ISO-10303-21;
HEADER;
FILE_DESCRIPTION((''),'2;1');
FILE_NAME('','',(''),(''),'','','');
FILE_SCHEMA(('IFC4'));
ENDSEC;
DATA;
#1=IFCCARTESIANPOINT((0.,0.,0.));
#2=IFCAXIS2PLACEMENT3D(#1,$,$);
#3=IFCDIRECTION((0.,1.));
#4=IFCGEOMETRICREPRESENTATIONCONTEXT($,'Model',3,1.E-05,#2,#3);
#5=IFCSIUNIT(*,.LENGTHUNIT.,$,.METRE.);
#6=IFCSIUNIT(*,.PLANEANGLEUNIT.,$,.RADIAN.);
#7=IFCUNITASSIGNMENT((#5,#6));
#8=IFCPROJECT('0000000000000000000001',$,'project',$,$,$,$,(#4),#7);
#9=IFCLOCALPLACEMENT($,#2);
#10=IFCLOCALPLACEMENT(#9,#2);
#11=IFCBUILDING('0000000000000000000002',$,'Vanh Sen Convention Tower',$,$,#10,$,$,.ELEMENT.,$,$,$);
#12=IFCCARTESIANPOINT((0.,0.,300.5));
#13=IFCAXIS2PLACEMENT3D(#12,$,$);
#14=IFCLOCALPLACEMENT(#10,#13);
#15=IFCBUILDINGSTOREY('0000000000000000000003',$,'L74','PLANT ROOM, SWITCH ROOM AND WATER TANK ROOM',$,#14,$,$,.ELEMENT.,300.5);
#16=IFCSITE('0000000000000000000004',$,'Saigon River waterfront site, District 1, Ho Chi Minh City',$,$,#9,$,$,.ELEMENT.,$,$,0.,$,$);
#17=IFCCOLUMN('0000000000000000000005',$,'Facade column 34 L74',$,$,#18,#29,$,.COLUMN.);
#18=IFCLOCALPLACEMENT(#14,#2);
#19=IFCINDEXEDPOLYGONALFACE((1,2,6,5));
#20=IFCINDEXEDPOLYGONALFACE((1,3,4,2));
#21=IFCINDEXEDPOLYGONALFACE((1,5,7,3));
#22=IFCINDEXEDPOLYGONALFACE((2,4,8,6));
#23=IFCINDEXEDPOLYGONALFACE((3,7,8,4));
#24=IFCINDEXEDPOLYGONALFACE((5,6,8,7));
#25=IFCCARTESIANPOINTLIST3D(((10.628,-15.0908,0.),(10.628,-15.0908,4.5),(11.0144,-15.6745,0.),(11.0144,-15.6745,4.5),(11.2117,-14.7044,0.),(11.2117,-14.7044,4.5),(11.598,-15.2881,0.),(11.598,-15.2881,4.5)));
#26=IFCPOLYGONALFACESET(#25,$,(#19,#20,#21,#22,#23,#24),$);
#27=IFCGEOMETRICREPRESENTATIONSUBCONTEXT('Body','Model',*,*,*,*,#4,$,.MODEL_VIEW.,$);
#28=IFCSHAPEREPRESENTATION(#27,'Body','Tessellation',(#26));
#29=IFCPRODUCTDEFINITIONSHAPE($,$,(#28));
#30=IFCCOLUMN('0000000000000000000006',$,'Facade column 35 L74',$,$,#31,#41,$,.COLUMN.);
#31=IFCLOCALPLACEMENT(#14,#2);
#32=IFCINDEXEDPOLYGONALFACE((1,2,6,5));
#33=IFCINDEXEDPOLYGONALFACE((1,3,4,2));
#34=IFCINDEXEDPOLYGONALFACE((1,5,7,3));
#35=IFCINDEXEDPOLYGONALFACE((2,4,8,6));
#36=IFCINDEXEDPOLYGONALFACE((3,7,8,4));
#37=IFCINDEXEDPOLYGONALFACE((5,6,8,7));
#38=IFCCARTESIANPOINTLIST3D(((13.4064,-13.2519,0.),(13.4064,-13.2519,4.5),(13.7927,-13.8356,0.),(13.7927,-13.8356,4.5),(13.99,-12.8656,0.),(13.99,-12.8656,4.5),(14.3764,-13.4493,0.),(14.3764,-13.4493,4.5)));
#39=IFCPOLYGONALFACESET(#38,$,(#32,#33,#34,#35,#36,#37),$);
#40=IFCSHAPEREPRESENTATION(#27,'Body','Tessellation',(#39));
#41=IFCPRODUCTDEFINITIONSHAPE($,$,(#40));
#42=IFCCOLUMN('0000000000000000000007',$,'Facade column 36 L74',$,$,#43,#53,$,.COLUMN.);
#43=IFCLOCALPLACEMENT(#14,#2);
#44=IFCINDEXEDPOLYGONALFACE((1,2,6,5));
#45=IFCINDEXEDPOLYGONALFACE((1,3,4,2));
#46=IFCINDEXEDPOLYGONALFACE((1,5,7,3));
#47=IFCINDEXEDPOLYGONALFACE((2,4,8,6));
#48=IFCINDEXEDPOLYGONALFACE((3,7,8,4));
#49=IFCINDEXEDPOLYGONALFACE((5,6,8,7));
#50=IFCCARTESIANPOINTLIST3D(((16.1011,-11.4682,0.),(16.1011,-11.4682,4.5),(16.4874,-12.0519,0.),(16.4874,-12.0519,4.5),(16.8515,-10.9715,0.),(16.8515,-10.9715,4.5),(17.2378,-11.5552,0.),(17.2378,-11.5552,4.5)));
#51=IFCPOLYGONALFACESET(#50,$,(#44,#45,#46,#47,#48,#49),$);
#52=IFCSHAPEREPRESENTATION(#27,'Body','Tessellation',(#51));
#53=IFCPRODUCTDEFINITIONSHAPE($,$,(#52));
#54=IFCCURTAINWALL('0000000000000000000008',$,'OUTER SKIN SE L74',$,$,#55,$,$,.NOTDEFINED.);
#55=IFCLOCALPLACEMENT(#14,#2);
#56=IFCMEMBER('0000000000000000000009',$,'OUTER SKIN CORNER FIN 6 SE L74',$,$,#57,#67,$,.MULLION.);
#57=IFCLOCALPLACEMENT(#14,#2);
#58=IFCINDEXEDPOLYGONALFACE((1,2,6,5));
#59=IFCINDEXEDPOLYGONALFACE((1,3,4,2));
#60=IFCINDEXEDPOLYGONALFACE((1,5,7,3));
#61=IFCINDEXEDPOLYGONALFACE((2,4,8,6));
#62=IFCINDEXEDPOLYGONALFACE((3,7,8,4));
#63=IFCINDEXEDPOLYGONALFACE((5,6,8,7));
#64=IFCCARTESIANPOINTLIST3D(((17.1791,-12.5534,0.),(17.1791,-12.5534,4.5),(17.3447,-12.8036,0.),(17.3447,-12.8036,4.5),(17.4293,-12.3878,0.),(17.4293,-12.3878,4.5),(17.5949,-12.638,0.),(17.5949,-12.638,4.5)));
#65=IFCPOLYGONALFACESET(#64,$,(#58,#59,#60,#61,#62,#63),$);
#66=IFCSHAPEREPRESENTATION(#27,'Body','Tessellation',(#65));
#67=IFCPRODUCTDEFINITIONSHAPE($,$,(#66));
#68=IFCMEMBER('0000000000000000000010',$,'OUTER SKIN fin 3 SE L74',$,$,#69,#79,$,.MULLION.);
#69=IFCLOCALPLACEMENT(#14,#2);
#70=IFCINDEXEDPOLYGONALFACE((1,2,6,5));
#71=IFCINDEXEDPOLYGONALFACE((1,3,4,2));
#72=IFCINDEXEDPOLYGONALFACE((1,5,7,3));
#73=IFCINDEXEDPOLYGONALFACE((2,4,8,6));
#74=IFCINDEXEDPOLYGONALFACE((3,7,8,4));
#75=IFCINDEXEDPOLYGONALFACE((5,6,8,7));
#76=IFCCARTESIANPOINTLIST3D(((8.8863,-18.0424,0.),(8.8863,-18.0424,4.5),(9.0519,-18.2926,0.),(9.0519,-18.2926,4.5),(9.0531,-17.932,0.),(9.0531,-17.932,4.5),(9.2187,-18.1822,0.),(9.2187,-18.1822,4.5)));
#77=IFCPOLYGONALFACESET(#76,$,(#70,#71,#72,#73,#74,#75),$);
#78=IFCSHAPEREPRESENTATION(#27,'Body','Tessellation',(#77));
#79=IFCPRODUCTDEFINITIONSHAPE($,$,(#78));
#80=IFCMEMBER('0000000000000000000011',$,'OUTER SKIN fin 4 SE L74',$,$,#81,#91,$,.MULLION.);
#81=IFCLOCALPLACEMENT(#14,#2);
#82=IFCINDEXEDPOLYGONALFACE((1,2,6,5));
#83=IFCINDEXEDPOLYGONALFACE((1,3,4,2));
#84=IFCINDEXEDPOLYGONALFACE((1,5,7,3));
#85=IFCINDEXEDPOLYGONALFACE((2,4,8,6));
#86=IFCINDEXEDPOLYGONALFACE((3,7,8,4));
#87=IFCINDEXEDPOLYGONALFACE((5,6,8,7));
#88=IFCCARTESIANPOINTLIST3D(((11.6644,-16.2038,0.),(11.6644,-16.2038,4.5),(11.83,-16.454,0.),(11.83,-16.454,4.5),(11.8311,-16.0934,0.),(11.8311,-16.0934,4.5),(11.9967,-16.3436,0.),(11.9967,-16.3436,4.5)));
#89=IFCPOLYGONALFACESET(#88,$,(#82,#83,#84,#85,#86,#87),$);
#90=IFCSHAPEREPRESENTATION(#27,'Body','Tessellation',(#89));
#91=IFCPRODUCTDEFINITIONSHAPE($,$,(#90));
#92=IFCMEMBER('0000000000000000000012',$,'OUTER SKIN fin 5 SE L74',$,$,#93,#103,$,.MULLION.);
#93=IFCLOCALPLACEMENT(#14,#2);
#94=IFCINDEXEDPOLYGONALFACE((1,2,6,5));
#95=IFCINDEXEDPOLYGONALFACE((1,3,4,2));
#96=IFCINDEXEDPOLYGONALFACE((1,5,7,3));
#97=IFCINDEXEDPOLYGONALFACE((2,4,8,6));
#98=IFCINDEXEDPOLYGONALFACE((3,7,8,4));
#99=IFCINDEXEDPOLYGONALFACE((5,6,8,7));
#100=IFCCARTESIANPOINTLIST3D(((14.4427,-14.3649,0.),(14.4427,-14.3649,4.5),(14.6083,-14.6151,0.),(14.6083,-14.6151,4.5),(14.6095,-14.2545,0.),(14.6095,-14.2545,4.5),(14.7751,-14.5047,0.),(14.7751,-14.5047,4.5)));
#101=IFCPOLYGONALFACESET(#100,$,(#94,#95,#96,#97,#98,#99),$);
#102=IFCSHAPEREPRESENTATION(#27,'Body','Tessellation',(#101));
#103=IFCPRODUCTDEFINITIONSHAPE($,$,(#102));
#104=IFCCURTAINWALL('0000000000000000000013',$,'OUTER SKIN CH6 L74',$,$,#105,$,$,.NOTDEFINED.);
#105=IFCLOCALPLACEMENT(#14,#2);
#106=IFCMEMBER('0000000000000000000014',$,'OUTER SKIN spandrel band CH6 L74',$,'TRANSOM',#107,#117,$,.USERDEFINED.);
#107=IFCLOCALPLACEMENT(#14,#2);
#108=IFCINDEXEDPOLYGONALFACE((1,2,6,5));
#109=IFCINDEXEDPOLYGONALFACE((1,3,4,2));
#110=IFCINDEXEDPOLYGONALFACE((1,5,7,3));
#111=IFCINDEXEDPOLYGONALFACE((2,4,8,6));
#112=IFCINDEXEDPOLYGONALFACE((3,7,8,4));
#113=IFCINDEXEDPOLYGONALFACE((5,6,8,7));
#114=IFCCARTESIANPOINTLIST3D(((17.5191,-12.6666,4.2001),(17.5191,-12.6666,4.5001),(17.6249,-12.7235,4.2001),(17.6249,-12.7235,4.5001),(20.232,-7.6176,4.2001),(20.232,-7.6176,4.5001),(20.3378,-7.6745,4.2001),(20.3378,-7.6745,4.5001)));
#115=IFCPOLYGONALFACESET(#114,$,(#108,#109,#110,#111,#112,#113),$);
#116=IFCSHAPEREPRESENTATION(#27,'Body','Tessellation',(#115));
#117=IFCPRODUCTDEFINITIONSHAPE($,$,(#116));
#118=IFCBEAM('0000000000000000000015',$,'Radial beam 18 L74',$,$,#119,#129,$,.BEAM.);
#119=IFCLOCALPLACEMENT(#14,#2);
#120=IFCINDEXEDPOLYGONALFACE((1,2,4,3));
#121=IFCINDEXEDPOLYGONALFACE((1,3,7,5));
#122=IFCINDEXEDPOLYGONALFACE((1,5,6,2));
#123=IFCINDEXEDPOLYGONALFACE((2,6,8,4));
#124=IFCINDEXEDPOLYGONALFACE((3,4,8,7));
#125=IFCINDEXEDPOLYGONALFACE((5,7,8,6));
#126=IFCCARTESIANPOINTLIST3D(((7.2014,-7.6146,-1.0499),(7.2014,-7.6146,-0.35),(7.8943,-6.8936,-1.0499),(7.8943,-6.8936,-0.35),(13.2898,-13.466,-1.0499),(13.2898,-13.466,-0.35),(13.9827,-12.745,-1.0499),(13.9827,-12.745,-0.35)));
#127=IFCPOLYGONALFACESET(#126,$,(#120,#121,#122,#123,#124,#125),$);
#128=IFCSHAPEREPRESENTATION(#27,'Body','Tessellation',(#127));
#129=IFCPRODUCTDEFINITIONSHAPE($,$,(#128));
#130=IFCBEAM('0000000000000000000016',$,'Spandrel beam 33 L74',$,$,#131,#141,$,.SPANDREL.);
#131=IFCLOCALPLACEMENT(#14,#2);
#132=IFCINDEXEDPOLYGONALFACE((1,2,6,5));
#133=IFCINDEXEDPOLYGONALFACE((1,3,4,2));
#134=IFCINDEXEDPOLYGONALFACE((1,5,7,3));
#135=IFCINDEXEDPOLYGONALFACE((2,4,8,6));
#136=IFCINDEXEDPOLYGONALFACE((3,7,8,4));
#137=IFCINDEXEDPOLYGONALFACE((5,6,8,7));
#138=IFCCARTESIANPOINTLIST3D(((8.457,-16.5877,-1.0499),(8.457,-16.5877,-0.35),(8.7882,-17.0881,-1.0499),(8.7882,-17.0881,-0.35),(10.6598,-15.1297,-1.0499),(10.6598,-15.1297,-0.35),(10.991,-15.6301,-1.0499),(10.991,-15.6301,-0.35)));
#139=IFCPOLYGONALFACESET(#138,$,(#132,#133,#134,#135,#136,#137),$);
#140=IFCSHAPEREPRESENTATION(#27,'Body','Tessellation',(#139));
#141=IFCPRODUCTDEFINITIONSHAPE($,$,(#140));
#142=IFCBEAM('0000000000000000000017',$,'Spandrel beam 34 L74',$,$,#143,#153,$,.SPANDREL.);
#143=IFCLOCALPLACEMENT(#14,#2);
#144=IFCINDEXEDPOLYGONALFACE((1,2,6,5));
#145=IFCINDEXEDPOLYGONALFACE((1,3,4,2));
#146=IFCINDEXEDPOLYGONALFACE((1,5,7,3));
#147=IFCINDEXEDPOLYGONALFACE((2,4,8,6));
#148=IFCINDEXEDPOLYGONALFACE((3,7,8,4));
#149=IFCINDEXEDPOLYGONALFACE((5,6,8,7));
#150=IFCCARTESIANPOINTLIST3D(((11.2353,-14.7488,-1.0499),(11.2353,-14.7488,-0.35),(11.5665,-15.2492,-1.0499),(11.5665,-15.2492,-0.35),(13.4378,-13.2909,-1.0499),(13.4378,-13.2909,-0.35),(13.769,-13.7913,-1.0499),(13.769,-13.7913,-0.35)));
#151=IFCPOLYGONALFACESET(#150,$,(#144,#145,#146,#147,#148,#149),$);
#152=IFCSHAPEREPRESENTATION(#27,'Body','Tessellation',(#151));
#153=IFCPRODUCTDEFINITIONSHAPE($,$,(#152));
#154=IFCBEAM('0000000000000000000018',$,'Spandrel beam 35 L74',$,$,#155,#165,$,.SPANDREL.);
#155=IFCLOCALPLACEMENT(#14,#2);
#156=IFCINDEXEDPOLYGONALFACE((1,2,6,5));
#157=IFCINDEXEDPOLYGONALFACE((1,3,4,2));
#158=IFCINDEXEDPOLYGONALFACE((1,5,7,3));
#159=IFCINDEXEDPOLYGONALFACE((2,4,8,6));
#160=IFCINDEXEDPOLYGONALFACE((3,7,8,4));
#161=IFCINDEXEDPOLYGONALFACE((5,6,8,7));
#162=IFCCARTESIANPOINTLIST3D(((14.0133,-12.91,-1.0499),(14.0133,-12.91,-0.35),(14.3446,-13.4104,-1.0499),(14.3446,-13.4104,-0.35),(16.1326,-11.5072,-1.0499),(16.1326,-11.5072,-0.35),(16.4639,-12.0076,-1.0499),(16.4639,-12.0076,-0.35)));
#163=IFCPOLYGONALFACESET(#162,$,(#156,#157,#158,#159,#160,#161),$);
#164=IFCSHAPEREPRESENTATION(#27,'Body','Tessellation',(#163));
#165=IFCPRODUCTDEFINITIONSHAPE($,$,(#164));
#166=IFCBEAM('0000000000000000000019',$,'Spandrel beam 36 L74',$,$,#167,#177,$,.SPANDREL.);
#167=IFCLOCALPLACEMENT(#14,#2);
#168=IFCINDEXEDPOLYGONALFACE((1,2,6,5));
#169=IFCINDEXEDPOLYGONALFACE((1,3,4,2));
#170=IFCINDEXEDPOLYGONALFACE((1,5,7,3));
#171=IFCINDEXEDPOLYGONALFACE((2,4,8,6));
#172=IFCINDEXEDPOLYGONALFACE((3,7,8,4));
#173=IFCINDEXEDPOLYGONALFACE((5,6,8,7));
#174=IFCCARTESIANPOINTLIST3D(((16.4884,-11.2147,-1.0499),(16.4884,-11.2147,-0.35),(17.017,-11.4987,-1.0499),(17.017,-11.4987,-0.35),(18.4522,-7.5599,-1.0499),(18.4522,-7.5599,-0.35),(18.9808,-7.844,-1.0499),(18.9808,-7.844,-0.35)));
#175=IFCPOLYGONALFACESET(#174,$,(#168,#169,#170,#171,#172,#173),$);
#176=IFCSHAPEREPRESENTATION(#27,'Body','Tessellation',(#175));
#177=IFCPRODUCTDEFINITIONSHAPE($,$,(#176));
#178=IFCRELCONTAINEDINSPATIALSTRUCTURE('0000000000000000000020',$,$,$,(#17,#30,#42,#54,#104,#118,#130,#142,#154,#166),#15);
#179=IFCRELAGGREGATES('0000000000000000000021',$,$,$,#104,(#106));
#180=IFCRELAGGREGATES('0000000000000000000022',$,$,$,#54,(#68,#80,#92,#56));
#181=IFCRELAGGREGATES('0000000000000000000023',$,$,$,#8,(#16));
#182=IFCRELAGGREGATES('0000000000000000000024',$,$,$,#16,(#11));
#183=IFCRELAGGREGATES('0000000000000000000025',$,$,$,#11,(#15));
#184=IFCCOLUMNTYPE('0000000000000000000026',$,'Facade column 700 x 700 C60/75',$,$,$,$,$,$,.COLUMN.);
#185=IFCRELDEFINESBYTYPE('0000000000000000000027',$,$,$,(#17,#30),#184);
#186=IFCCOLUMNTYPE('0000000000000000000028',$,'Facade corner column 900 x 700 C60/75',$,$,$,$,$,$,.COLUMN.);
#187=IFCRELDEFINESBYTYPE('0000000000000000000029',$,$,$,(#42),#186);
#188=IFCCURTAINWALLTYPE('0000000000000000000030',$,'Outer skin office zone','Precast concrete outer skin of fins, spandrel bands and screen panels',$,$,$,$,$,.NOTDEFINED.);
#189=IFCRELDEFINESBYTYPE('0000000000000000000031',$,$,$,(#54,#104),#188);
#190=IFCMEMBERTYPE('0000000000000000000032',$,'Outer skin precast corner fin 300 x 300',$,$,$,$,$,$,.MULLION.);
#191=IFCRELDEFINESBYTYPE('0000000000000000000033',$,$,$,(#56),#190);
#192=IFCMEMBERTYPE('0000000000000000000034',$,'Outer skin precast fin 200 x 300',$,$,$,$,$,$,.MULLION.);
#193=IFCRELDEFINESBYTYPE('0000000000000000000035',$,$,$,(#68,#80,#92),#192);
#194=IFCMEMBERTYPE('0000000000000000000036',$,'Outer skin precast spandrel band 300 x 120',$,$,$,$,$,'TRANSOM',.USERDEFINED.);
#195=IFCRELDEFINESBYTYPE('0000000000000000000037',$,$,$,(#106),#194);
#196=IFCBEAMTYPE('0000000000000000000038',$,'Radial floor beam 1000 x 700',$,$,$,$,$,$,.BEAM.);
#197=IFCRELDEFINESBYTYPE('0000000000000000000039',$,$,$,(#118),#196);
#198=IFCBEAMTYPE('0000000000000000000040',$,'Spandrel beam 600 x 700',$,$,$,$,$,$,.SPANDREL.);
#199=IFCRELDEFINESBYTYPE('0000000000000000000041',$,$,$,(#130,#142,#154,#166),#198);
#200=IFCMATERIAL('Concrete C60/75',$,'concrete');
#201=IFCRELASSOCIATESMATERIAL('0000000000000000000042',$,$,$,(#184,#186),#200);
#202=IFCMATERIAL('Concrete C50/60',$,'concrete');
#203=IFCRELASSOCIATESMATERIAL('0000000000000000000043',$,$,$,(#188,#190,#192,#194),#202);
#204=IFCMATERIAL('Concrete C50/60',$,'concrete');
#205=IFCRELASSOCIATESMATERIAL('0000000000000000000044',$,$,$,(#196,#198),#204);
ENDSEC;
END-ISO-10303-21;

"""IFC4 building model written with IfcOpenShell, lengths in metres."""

from ifc_helpers import new_model, si_unit, direction, frame, origin, origin_2d, place, context, subcontext, project, spatial, rectangle, extrude, material, material_profile, profile_set, type_object, element, aggregate, save


model = new_model("IFC4")

# Units and contexts
model_context = context("Model", 3, precision=1e-05, world=origin(), true_north=direction((0.0, 1.0)))
body_context = subcontext(model_context, "Body", "Model", "MODEL_VIEW")
ifc_project = project(units=[si_unit("LENGTHUNIT", "METRE"), si_unit("PLANEANGLEUNIT", "RADIAN")], contexts=[model_context])

# Site, building, storey
site_placement = place(None, origin())
site = spatial("IfcSite", under=ifc_project, at=site_placement, Name="Saigon River waterfront site, District 1, Ho Chi Minh City", CompositionType="ELEMENT", RefElevation=0.0)
building_placement = place(site_placement, origin())
building = spatial("IfcBuilding", under=site, at=building_placement, Name="Vanh Sen Convention Tower", CompositionType="ELEMENT")
storey_placement = place(building_placement, frame((0.0, 0.0, 300.5)))
storey = spatial("IfcBuildingStorey", under=building, at=storey_placement, Name="L74", Description="PLANT ROOM, SWITCH ROOM AND WATER TANK ROOM", CompositionType="ELEMENT", Elevation=300.5)

# Columns
ifc_material_1 = material(Name="Concrete C60/75", Category="concrete")
ifc_material_profile_1 = material_profile(ifc_material_1, rectangle(XDim=0.7, YDim=0.7, at=origin_2d()), Name="RC 700X700")
ifc_profile_set_1 = profile_set([ifc_material_profile_1], Name="Concrete C60/75")
column_type_1 = type_object("IfcColumnType", Name="Facade column 700 x 700 C60/75", PredefinedType="COLUMN", material=ifc_profile_set_1)
for number, where, z_axis, x_axis, name in (
    (1, (11.113, -15.1895, 0.0), (0.0, 0.0, 1.0), (0.833886, 0.551937, 0.0), "Facade column 34 L74"),
    (2, (13.8914, -13.3506, 0.0), (0.0, 0.0, 1.0), (0.833886, 0.551937, 0.0), "Facade column 35 L74"),
):
    element("IfcColumn", number, at=place(storey_placement, frame(where, z_axis=z_axis, x_axis=x_axis)), inside=storey, type_object=column_type_1, Name=name, PredefinedType="COLUMN", context=body_context, shape_type="SweptSolid", body=[
        extrude(rectangle(XDim=0.7, YDim=0.7, at=origin_2d()), origin(), (0.0, 0.0, 1.0), 4.5),
    ])
ifc_material_profile_2 = material_profile(ifc_material_1, rectangle(XDim=0.8999, YDim=0.7, at=origin_2d()), Name="RC 900X700")
ifc_profile_set_2 = profile_set([ifc_material_profile_2], Name="Concrete C60/75")
column_type_2 = type_object("IfcColumnType", Name="Facade corner column 900 x 700 C60/75", PredefinedType="COLUMN", material=ifc_profile_set_2)
column_placement = place(storey_placement, frame((16.6694, -11.5117, 0.0), z_axis=(0.0, 0.0, 1.0), x_axis=(0.833886, 0.551937, 0.0)))
element("IfcColumn", 3, at=column_placement, inside=storey, type_object=column_type_2, Name="Facade column 36 L74", PredefinedType="COLUMN", context=body_context, shape_type="SweptSolid", body=[
    extrude(rectangle(XDim=0.8999, YDim=0.7, at=origin_2d()), origin(), (0.0, 0.0, 1.0), 4.5),
])

# Curtain wall, members
ifc_material_2 = material(Name="Concrete C50/60", Category="concrete")
curtain_wall_type = type_object("IfcCurtainWallType", Name="Outer skin office zone", Description="Precast concrete outer skin of fins, spandrel bands and screen panels", PredefinedType="NOTDEFINED", material=ifc_material_2)
curtain_wall_1_placement = place(storey_placement, origin())
curtain_wall_1 = element("IfcCurtainWall", 4, at=curtain_wall_1_placement, inside=storey, type_object=curtain_wall_type, Name="OUTER SKIN SE L74", PredefinedType="NOTDEFINED")
ifc_material_profile_3 = material_profile(ifc_material_2, rectangle(XDim=0.3, YDim=0.3, at=origin_2d()), Name="Outer skin precast corner fin 300 x 300")
ifc_profile_set_3 = profile_set([ifc_material_profile_3], Name="Concrete C50/60")
member_type_1 = type_object("IfcMemberType", Name="Outer skin precast corner fin 300 x 300", PredefinedType="MULLION", material=ifc_profile_set_3)
member_1_placement = place(storey_placement, frame((17.387, -12.5957, 0.0), z_axis=(0.0, 0.0, 1.0), x_axis=(0.833886, 0.551937, 0.0)))
member_1 = element("IfcMember", 5, at=member_1_placement, type_object=member_type_1, Name="OUTER SKIN CORNER FIN 6 SE L74", PredefinedType="MULLION", context=body_context, shape_type="SweptSolid", body=[
    extrude(rectangle(XDim=0.3, YDim=0.3, at=origin_2d()), origin(), (0.0, 0.0, 1.0), 4.5),
])
ifc_material_profile_4 = material_profile(ifc_material_2, rectangle(XDim=0.2, YDim=0.3, at=origin_2d()), Name="Outer skin precast fin 200 x 300")
ifc_profile_set_4 = profile_set([ifc_material_profile_4], Name="Concrete C50/60")
member_type_2 = type_object("IfcMemberType", Name="Outer skin precast fin 200 x 300", PredefinedType="MULLION", material=ifc_profile_set_4)
member_2_placement = place(storey_placement, frame((9.0525, -18.1123, 0.0), z_axis=(0.0, 0.0, 1.0), x_axis=(0.833886, 0.551937, 0.0)))
member_2 = element("IfcMember", 6, at=member_2_placement, type_object=member_type_2, Name="OUTER SKIN fin 3 SE L74", PredefinedType="MULLION", context=body_context, shape_type="SweptSolid", body=[
    extrude(rectangle(XDim=0.2, YDim=0.3, at=origin_2d()), origin(), (0.0, 0.0, 1.0), 4.5),
])
member_3_placement = place(storey_placement, frame((11.8306, -16.2737, 0.0), z_axis=(0.0, 0.0, 1.0), x_axis=(0.833886, 0.551937, 0.0)))
member_3 = element("IfcMember", 7, at=member_3_placement, type_object=member_type_2, Name="OUTER SKIN fin 4 SE L74", PredefinedType="MULLION", context=body_context, shape_type="SweptSolid", body=[
    extrude(rectangle(XDim=0.2, YDim=0.3, at=origin_2d()), origin(), (0.0, 0.0, 1.0), 4.5),
])
member_4_placement = place(storey_placement, frame((14.6089, -14.4348, 0.0), z_axis=(0.0, 0.0, 1.0), x_axis=(0.833886, 0.551937, 0.0)))
member_4 = element("IfcMember", 8, at=member_4_placement, type_object=member_type_2, Name="OUTER SKIN fin 5 SE L74", PredefinedType="MULLION", context=body_context, shape_type="SweptSolid", body=[
    extrude(rectangle(XDim=0.2, YDim=0.3, at=origin_2d()), origin(), (0.0, 0.0, 1.0), 4.5),
])

# Curtain wall, member
curtain_wall_2_placement = place(storey_placement, origin())
curtain_wall_2 = element("IfcCurtainWall", 9, at=curtain_wall_2_placement, inside=storey, type_object=curtain_wall_type, Name="OUTER SKIN CH6 L74", PredefinedType="NOTDEFINED")
ifc_material_profile_5 = material_profile(ifc_material_2, rectangle(XDim=0.1201, YDim=0.3, at=origin_2d()), Name="Outer skin precast spandrel band 300 x 120")
ifc_profile_set_5 = profile_set([ifc_material_profile_5], Name="Concrete C50/60")
member_type_3 = type_object("IfcMemberType", Name="Outer skin precast spandrel band 300 x 120", ElementType="TRANSOM", PredefinedType="USERDEFINED", material=ifc_profile_set_5)
member_5_placement = place(storey_placement, frame((17.572, -12.6951, 4.3501), z_axis=(0.47331, 0.880896, 0.0), x_axis=(-0.880896, 0.47331, 0.0)))
member_5 = element("IfcMember", 10, at=member_5_placement, type_object=member_type_3, Name="OUTER SKIN spandrel band CH6 L74", ObjectType="TRANSOM", PredefinedType="USERDEFINED", context=body_context, shape_type="SweptSolid", body=[
    extrude(rectangle(XDim=0.1201, YDim=0.3, at=origin_2d()), origin(), (0.0, 0.0, 1.0), 5.7317),
])
aggregate(curtain_wall_2, [member_5])

# Beams
ifc_material_3 = material(Name="Concrete C50/60", Category="concrete")
ifc_material_profile_6 = material_profile(ifc_material_3, rectangle(XDim=1.0, YDim=0.7, at=origin_2d()), Name="RC 1000X700")
ifc_profile_set_6 = profile_set([ifc_material_profile_6], Name="Concrete C50/60")
beam_type_1 = type_object("IfcBeamType", Name="Radial floor beam 1000 x 700", PredefinedType="BEAM", material=ifc_profile_set_6)
beam_1_placement = place(storey_placement, frame((13.6362, -13.1055, -0.7), z_axis=(-0.721004, 0.692931, 0.0), x_axis=(-0.692931, -0.721004, 0.0)))
element("IfcBeam", 11, at=beam_1_placement, inside=storey, type_object=beam_type_1, Name="Radial beam 18 L74", PredefinedType="BEAM", context=body_context, shape_type="SweptSolid", body=[
    extrude(rectangle(XDim=1.0, YDim=0.7, at=origin_2d()), origin(), (0.0, 0.0, 1.0), 8.4443),
])
ifc_material_profile_7 = material_profile(ifc_material_3, rectangle(XDim=0.6001, YDim=0.7, at=origin_2d()), Name="RC 600X700")
ifc_profile_set_7 = profile_set([ifc_material_profile_7], Name="Concrete C50/60")
beam_type_2 = type_object("IfcBeamType", Name="Spandrel beam 600 x 700", PredefinedType="SPANDREL", material=ifc_profile_set_7)
beam_2_placement = place(storey_placement, frame((8.6226, -16.8379, -0.7), z_axis=(0.833894, 0.551925, 0.0), x_axis=(-0.551925, 0.833894, 0.0)))
element("IfcBeam", 12, at=beam_2_placement, inside=storey, type_object=beam_type_2, Name="Spandrel beam 33 L74", PredefinedType="SPANDREL", context=body_context, shape_type="SweptSolid", body=[
    extrude(rectangle(XDim=0.6001, YDim=0.7, at=origin_2d()), origin(), (0.0, 0.0, 1.0), 2.6416),
])
beam_3_placement = place(storey_placement, frame((11.4009, -14.999, -0.7), z_axis=(0.833866, 0.551967, 0.0), x_axis=(-0.551967, 0.833866, 0.0)))
element("IfcBeam", 13, at=beam_3_placement, inside=storey, type_object=beam_type_2, Name="Spandrel beam 34 L74", PredefinedType="SPANDREL", context=body_context, shape_type="SweptSolid", body=[
    extrude(rectangle(XDim=0.6001, YDim=0.7, at=origin_2d()), origin(), (0.0, 0.0, 1.0), 2.6414),
])
beam_4_placement = place(storey_placement, frame((14.179, -13.1602, -0.7), z_axis=(0.833878, 0.551948, 0.0), x_axis=(-0.551948, 0.833878, 0.0)))
element("IfcBeam", 14, at=beam_4_placement, inside=storey, type_object=beam_type_2, Name="Spandrel beam 35 L74", PredefinedType="SPANDREL", context=body_context, shape_type="SweptSolid", body=[
    extrude(rectangle(XDim=0.6001, YDim=0.7, at=origin_2d()), origin(), (0.0, 0.0, 1.0), 2.5415),
])
beam_5_placement = place(storey_placement, frame((16.7527, -11.3567, -0.7), z_axis=(0.473335, 0.880883, 0.0), x_axis=(-0.880883, 0.473335, 0.0)))
element("IfcBeam", 15, at=beam_5_placement, inside=storey, type_object=beam_type_2, Name="Spandrel beam 36 L74", PredefinedType="SPANDREL", context=body_context, shape_type="SweptSolid", body=[
    extrude(rectangle(XDim=0.6001, YDim=0.7, at=origin_2d()), origin(), (0.0, 0.0, 1.0), 4.1489),
])

aggregate(curtain_wall_1, [member_2, member_3, member_4, member_1])

save(model, "model.ifc")
